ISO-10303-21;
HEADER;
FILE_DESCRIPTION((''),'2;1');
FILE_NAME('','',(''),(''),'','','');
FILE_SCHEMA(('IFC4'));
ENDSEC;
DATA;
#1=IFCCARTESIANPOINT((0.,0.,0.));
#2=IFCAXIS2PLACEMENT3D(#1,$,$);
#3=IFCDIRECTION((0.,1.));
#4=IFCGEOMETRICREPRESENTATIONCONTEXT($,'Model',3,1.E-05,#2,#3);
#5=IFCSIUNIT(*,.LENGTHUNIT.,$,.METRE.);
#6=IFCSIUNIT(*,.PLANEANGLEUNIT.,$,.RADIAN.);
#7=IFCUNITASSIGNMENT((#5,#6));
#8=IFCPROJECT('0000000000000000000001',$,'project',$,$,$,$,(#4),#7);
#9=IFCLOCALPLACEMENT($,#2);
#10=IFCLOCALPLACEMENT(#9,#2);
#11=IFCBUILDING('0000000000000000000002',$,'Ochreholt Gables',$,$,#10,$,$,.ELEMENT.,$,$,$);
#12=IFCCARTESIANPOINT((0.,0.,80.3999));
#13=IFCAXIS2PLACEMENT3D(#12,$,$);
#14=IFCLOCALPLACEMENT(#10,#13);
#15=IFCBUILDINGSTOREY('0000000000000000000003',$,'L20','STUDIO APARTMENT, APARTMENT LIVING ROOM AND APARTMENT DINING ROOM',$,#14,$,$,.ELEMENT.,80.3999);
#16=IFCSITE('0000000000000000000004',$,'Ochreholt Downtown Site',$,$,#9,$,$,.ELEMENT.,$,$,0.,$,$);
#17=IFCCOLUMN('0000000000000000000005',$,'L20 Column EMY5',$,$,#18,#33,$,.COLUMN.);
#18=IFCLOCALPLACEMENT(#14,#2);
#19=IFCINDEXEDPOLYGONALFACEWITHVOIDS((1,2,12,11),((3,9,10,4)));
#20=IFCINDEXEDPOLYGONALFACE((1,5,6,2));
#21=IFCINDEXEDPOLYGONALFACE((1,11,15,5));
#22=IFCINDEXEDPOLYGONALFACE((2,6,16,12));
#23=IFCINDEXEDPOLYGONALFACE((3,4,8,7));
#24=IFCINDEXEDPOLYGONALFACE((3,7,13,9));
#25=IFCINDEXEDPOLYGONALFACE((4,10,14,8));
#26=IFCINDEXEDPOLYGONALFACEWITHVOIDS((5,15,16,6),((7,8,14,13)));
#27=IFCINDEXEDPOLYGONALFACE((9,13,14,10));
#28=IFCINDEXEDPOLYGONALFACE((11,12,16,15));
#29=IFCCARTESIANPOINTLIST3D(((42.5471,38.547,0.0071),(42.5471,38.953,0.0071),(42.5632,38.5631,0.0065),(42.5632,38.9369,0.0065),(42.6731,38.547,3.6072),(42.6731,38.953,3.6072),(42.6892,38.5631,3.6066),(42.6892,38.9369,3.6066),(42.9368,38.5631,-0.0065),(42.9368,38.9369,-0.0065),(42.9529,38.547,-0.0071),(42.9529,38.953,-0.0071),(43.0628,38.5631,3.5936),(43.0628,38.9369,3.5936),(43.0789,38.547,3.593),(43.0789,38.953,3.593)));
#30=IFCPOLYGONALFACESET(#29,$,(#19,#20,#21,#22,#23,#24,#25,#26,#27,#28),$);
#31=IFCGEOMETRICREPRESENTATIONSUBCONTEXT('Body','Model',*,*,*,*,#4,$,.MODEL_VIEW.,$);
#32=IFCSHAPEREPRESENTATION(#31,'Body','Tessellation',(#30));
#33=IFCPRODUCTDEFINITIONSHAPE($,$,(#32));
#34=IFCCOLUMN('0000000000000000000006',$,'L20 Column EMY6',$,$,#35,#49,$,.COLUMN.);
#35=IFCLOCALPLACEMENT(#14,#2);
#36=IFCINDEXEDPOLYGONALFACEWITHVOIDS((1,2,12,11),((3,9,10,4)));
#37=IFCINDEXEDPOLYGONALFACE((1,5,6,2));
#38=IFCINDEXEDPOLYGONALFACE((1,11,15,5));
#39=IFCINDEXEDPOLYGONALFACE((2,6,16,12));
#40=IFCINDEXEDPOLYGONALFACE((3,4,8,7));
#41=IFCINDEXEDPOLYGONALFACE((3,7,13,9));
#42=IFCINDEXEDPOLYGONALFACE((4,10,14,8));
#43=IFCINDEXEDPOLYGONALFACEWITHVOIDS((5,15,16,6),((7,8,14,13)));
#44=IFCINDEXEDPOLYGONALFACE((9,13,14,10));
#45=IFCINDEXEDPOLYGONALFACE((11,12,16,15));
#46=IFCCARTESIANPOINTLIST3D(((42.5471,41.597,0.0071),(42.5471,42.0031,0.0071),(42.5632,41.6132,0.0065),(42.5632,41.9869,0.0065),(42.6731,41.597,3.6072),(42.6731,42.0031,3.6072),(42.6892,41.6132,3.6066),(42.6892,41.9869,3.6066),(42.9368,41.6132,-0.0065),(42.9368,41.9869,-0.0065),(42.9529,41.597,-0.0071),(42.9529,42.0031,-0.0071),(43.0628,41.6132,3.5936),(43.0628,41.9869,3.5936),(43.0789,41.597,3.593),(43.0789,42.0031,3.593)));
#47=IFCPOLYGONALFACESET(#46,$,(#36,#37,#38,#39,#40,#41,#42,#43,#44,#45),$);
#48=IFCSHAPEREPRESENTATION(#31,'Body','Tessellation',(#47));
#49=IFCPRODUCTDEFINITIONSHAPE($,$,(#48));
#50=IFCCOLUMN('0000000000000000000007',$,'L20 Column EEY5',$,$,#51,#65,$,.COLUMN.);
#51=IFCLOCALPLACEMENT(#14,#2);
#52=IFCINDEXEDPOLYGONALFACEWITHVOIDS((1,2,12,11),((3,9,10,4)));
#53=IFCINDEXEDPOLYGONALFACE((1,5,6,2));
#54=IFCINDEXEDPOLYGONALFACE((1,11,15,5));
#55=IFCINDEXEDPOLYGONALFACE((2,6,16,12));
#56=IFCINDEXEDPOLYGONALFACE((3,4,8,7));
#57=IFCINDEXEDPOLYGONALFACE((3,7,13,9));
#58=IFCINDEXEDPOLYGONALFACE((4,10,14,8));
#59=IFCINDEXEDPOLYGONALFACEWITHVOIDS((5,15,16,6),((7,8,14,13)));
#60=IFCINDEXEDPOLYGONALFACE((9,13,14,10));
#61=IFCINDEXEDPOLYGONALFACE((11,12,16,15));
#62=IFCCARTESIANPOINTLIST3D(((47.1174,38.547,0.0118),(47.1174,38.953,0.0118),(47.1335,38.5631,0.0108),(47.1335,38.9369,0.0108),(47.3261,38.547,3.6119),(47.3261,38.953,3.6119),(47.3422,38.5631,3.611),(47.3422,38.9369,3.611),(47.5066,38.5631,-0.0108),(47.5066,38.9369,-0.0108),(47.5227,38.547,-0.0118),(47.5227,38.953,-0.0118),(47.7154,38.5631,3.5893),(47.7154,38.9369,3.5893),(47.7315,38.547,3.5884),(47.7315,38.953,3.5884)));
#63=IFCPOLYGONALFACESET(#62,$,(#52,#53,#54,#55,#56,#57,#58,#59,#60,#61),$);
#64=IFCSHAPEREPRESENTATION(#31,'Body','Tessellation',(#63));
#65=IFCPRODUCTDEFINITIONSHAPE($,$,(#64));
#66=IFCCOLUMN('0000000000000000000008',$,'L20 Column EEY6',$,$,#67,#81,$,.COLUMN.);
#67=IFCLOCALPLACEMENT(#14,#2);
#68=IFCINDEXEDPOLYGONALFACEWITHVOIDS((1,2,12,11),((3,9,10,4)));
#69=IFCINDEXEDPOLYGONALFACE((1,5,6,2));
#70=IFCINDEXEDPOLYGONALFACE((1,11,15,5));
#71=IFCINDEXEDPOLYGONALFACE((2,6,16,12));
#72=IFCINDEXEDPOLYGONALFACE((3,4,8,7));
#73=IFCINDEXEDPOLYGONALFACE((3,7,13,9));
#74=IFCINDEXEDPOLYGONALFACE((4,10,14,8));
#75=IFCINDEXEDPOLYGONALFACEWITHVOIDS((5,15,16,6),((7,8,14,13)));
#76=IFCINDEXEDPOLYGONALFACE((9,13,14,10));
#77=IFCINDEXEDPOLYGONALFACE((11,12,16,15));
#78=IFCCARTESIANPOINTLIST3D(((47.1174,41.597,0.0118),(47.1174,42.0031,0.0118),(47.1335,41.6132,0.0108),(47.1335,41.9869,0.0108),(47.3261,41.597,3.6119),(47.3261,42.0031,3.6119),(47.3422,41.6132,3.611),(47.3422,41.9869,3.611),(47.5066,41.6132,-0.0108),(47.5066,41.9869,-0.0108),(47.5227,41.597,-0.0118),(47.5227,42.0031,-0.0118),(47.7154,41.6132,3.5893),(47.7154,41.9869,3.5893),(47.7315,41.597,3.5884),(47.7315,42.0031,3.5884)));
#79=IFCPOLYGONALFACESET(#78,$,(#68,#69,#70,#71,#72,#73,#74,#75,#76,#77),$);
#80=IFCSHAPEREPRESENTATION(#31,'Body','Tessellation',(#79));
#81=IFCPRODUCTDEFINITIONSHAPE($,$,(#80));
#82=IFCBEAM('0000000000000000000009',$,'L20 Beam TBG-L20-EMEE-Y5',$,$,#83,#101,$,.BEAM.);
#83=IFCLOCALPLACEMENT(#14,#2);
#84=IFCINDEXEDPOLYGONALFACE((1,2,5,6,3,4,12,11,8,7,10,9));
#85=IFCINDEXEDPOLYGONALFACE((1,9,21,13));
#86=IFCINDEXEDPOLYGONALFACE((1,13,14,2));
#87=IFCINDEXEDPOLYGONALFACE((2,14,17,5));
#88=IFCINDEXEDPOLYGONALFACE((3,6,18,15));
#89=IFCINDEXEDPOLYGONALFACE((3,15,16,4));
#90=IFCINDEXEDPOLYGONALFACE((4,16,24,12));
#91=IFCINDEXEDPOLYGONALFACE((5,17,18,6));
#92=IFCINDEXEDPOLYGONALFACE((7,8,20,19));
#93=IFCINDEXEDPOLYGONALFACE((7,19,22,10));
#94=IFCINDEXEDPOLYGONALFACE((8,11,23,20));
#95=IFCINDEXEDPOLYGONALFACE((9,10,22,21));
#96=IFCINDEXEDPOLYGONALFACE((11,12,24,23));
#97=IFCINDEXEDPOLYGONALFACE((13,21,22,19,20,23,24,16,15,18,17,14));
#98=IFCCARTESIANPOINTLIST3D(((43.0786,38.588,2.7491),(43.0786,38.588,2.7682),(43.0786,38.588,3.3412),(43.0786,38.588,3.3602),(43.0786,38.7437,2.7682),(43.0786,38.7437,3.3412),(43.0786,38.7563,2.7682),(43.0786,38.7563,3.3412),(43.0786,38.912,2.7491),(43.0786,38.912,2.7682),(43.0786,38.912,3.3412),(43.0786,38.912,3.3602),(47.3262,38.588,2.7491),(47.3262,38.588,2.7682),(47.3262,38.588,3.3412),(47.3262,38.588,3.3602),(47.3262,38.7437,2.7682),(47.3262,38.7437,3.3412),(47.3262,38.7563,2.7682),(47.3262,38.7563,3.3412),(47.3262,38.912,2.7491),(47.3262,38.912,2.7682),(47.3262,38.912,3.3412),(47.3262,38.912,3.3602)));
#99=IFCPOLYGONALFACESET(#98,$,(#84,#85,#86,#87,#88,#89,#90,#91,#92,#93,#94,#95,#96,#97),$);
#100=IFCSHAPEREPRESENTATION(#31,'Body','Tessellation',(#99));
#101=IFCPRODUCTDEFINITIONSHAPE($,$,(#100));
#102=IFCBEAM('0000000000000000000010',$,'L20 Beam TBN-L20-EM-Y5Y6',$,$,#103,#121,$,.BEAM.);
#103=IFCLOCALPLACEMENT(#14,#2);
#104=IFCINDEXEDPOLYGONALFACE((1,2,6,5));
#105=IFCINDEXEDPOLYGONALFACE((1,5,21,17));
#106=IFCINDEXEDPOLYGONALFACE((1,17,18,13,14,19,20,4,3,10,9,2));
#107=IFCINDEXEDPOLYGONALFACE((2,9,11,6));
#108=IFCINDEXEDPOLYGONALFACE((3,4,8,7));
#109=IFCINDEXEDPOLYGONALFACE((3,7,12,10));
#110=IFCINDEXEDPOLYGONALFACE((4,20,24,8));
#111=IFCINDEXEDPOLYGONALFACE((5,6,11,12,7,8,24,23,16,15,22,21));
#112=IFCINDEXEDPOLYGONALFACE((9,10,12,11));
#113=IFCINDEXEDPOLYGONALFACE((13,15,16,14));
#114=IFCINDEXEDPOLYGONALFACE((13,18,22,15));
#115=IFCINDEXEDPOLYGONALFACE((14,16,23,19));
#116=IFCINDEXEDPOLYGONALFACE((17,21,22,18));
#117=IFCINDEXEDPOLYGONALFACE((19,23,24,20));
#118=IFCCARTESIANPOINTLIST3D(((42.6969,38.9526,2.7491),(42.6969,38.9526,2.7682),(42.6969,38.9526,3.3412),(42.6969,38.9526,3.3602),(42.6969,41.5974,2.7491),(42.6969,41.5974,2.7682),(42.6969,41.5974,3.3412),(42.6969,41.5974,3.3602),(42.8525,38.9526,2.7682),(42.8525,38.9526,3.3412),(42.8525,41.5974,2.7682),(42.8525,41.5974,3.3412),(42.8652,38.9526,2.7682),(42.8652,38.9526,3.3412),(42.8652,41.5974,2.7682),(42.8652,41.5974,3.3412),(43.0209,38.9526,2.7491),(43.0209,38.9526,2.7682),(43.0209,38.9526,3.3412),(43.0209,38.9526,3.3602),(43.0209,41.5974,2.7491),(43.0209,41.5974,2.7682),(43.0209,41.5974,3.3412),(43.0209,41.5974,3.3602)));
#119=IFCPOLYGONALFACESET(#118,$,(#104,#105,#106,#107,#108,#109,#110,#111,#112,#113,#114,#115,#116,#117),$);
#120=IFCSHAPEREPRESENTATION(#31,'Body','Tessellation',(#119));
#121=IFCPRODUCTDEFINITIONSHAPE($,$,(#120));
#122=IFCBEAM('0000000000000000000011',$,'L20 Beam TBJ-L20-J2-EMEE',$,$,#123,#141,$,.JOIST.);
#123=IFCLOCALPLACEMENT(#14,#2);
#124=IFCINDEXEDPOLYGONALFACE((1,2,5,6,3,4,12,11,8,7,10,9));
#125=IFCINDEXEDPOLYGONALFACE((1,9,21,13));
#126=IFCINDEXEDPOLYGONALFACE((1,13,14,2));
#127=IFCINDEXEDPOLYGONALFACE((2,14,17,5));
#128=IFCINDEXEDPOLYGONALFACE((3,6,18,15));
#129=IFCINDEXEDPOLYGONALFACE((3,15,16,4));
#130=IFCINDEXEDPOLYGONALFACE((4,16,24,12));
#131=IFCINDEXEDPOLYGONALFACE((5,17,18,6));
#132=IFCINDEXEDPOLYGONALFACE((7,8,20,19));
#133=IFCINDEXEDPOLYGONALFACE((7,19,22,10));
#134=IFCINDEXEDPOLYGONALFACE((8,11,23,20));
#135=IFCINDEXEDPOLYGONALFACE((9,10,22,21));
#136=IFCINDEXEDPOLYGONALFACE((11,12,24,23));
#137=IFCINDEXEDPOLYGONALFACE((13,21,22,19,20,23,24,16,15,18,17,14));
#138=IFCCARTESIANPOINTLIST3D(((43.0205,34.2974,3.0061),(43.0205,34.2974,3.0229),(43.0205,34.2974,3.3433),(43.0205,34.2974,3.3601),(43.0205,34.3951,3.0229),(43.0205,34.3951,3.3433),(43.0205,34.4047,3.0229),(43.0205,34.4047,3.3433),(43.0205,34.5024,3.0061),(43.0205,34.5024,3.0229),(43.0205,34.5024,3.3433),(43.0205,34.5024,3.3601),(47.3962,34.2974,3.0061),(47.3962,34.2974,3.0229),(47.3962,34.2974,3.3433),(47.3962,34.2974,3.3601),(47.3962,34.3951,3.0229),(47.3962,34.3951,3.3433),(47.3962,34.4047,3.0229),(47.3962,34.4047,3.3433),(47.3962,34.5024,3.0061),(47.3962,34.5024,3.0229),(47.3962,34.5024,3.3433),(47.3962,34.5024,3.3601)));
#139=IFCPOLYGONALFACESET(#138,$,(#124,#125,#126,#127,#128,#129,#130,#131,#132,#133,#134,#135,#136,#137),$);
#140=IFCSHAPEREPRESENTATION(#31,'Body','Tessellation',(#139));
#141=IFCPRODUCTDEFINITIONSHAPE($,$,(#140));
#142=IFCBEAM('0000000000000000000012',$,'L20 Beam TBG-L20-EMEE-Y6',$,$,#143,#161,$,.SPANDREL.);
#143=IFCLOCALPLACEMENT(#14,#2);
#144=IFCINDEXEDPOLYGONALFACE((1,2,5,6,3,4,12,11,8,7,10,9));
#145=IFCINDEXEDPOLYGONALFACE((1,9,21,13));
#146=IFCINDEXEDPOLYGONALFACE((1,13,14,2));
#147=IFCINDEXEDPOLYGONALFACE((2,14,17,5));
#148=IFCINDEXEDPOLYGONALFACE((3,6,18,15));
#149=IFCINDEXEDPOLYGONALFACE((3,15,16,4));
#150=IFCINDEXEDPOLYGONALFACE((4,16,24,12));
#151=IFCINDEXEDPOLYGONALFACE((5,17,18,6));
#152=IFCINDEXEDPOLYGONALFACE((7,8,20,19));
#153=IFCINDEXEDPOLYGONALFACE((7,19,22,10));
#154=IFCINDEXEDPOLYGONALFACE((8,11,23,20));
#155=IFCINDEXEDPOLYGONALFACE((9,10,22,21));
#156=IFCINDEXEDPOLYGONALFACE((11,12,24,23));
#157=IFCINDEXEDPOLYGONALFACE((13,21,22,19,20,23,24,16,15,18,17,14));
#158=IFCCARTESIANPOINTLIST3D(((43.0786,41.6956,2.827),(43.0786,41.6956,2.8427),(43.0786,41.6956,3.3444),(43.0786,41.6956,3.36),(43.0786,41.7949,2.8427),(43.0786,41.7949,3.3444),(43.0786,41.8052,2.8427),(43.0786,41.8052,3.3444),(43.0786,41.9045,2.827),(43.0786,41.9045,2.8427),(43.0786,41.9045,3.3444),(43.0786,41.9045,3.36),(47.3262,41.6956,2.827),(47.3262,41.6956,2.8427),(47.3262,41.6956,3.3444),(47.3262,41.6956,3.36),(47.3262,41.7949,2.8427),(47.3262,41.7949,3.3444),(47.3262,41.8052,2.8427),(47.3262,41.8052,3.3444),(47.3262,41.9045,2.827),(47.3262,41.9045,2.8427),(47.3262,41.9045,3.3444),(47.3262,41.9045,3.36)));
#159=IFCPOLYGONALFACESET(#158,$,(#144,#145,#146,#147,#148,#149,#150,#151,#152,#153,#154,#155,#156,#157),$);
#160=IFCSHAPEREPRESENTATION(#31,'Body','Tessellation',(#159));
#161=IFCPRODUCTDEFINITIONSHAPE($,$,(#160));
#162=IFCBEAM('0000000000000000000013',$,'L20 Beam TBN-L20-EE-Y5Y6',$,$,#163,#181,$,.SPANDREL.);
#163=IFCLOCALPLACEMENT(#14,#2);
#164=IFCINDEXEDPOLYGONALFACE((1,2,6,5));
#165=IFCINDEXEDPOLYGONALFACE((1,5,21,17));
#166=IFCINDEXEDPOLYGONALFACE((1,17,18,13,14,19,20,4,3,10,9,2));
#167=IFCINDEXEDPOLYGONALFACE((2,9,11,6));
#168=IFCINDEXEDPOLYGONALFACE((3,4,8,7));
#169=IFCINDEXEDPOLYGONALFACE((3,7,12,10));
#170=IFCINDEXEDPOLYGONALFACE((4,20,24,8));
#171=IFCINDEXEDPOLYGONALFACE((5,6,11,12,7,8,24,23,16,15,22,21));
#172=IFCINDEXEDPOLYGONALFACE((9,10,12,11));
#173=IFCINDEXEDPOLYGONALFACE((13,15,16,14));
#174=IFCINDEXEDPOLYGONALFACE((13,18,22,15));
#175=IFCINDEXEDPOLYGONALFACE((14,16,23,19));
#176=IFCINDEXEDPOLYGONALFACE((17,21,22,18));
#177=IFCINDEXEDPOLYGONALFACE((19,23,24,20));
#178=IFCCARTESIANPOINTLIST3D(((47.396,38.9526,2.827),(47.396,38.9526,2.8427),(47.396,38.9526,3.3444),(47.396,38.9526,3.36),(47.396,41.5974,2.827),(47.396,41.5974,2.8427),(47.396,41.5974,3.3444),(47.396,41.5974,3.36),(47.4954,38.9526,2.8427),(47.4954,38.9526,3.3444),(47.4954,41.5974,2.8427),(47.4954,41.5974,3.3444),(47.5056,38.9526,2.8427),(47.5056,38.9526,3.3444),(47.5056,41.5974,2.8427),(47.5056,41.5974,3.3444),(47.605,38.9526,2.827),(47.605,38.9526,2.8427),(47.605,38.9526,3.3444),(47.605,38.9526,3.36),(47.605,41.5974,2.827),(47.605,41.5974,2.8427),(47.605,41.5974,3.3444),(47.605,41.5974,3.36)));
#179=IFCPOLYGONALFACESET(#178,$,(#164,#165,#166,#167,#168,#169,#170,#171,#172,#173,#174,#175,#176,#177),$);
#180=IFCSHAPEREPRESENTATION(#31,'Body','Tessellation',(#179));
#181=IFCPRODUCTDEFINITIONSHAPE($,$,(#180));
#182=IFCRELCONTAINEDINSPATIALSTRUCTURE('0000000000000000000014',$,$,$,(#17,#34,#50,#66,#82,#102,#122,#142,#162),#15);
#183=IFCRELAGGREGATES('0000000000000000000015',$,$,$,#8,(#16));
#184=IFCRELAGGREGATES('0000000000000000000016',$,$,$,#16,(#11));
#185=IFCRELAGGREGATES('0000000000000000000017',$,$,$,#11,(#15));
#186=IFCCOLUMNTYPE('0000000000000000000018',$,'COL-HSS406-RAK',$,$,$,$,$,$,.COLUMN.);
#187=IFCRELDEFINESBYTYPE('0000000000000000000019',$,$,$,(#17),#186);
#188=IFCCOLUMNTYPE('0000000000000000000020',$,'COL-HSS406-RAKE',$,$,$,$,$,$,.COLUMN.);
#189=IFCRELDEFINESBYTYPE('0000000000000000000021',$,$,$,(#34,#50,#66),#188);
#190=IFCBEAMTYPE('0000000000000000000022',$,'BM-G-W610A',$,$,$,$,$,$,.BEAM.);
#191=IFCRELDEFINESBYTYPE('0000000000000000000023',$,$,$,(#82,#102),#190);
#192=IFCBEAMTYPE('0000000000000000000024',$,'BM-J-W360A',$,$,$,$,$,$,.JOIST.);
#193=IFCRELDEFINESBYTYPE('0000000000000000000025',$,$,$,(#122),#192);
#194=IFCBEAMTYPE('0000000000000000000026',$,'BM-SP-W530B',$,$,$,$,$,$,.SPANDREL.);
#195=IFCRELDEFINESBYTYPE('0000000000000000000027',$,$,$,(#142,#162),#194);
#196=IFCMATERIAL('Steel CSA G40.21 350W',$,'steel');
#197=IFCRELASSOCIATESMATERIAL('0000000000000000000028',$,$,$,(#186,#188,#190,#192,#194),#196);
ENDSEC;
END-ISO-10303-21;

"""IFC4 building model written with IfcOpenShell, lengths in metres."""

from ifc_helpers import new_model, si_unit, direction, frame, origin, origin_2d, place, context, subcontext, project, spatial, hollow_rectangle, i_section, extrude, material, material_profile, profile_set, type_object, element, save


model = new_model("IFC4")

# Units and contexts
model_context = context("Model", 3, precision=1e-05, world=origin(), true_north=direction((0.0, 1.0)))
body_context = subcontext(model_context, "Body", "Model", "MODEL_VIEW")
ifc_project = project(units=[si_unit("LENGTHUNIT", "METRE"), si_unit("PLANEANGLEUNIT", "RADIAN")], contexts=[model_context])

# Site, building, storey
site_placement = place(None, origin())
site = spatial("IfcSite", under=ifc_project, at=site_placement, Name="Ochreholt Downtown Site", CompositionType="ELEMENT", RefElevation=0.0)
building_placement = place(site_placement, origin())
building = spatial("IfcBuilding", under=site, at=building_placement, Name="Ochreholt Gables", CompositionType="ELEMENT")
storey_placement = place(building_placement, frame((0.0, 0.0, 80.3999)))
storey = spatial("IfcBuildingStorey", under=building, at=storey_placement, Name="L20", Description="STUDIO APARTMENT, APARTMENT LIVING ROOM AND APARTMENT DINING ROOM", CompositionType="ELEMENT", Elevation=80.3999)

# Columns
ifc_material_1 = material(Name="Steel CSA G40.21 350W", Category="steel")
ifc_material_profile_1 = material_profile(ifc_material_1, hollow_rectangle(XDim=0.406, YDim=0.406, WallThickness=0.0161, at=origin_2d()), Name="HSS406X406X16")
ifc_profile_set_1 = profile_set([ifc_material_profile_1], Name="Steel CSA G40.21 350W")
column_type_1 = type_object("IfcColumnType", Name="COL-HSS406-RAK", PredefinedType="COLUMN", material=ifc_profile_set_1)
column_1_placement = place(storey_placement, frame((42.75, 38.75, 0.0), z_axis=(0.034971, 0.0, 0.999388), x_axis=(0.0, 1.0, 0.0)))
element("IfcColumn", 1, at=column_1_placement, inside=storey, type_object=column_type_1, Name="L20 Column EMY5", PredefinedType="COLUMN", context=body_context, shape_type="SweptSolid", body=[
    extrude(hollow_rectangle(XDim=0.406, YDim=0.406, WallThickness=0.0161, at=origin_2d()), origin(), (0.0, 0.0, 1.0), 3.6023),
])
ifc_material_profile_2 = material_profile(ifc_material_1, hollow_rectangle(XDim=0.406, YDim=0.406, WallThickness=0.0161, at=origin_2d()), Name="HSS406X406X16")
ifc_profile_set_2 = profile_set([ifc_material_profile_2], Name="Steel CSA G40.21 350W")
column_type_2 = type_object("IfcColumnType", Name="COL-HSS406-RAKE", PredefinedType="COLUMN", material=ifc_profile_set_2)
column_2_placement = place(storey_placement, frame((42.75, 41.8, 0.0), z_axis=(0.034971, 0.0, 0.999388), x_axis=(0.0, 1.0, 0.0)))
element("IfcColumn", 2, at=column_2_placement, inside=storey, type_object=column_type_2, Name="L20 Column EMY6", PredefinedType="COLUMN", context=body_context, shape_type="SweptSolid", body=[
    extrude(hollow_rectangle(XDim=0.406, YDim=0.406, WallThickness=0.0161, at=origin_2d()), origin(), (0.0, 0.0, 1.0), 3.6023),
])
for number, where, z_axis, x_axis, name in (
    (3, (47.3201, 38.75, 0.0), (0.057885, 0.0, 0.998323), (0.0, 1.0, 0.0), "L20 Column EEY5"),
    (4, (47.3201, 41.8, 0.0), (0.057885, 0.0, 0.998323), (0.0, 1.0, 0.0), "L20 Column EEY6"),
):
    element("IfcColumn", number, at=place(storey_placement, frame(where, z_axis=z_axis, x_axis=x_axis)), inside=storey, type_object=column_type_2, Name=name, PredefinedType="COLUMN", context=body_context, shape_type="SweptSolid", body=[
        extrude(hollow_rectangle(XDim=0.406, YDim=0.406, WallThickness=0.0161, at=origin_2d()), origin(), (0.0, 0.0, 1.0), 3.6062),
    ])

# Beams
ifc_material_profile_3 = material_profile(ifc_material_1, i_section(OverallWidth=0.324, OverallDepth=0.6111, WebThickness=0.0127, FlangeThickness=0.019, at=origin_2d()), Name="W610X155")
ifc_profile_set_3 = profile_set([ifc_material_profile_3], Name="Steel CSA G40.21 350W")
beam_type_1 = type_object("IfcBeamType", Name="BM-G-W610A", PredefinedType="BEAM", material=ifc_profile_set_3)
beam_1_placement = place(storey_placement, frame((43.0786, 38.75, 3.0547), z_axis=(1.0, 0.0, 0.0), x_axis=(0.0, 1.0, 0.0)))
element("IfcBeam", 5, at=beam_1_placement, inside=storey, type_object=beam_type_1, Name="L20 Beam TBG-L20-EMEE-Y5", PredefinedType="BEAM", context=body_context, shape_type="SweptSolid", body=[
    extrude(i_section(OverallWidth=0.324, OverallDepth=0.6111, WebThickness=0.0127, FlangeThickness=0.019, at=origin_2d()), origin(), (0.0, 0.0, 1.0), 4.2476),
])
beam_2_placement = place(storey_placement, frame((42.8589, 38.9526, 3.0547), z_axis=(0.0, 1.0, 0.0), x_axis=(-1.0, 0.0, 0.0)))
element("IfcBeam", 6, at=beam_2_placement, inside=storey, type_object=beam_type_1, Name="L20 Beam TBN-L20-EM-Y5Y6", PredefinedType="BEAM", context=body_context, shape_type="SweptSolid", body=[
    extrude(i_section(OverallWidth=0.324, OverallDepth=0.6111, WebThickness=0.0127, FlangeThickness=0.019, at=origin_2d()), origin(), (0.0, 0.0, 1.0), 2.6448),
])
ifc_material_profile_4 = material_profile(ifc_material_1, i_section(OverallWidth=0.2051, OverallDepth=0.354, WebThickness=0.0095, FlangeThickness=0.0168, at=origin_2d()), Name="W360X79")
ifc_profile_set_4 = profile_set([ifc_material_profile_4], Name="Steel CSA G40.21 350W")
beam_type_2 = type_object("IfcBeamType", Name="BM-J-W360A", PredefinedType="JOIST", material=ifc_profile_set_4)
beam_3_placement = place(storey_placement, frame((43.0205, 34.3999, 3.1831), z_axis=(1.0, 0.0, 0.0), x_axis=(0.0, 1.0, 0.0)))
element("IfcBeam", 7, at=beam_3_placement, inside=storey, type_object=beam_type_2, Name="L20 Beam TBJ-L20-J2-EMEE", PredefinedType="JOIST", context=body_context, shape_type="SweptSolid", body=[
    extrude(i_section(OverallWidth=0.2051, OverallDepth=0.354, WebThickness=0.0095, FlangeThickness=0.0168, at=origin_2d()), origin(), (0.0, 0.0, 1.0), 4.3757),
])
ifc_material_profile_5 = material_profile(ifc_material_1, i_section(OverallWidth=0.209, OverallDepth=0.533, WebThickness=0.0103, FlangeThickness=0.0156, at=origin_2d()), Name="W530X92")
ifc_profile_set_5 = profile_set([ifc_material_profile_5], Name="Steel CSA G40.21 350W")
beam_type_3 = type_object("IfcBeamType", Name="BM-SP-W530B", PredefinedType="SPANDREL", material=ifc_profile_set_5)
beam_4_placement = place(storey_placement, frame((43.0786, 41.8, 3.0935), z_axis=(1.0, 0.0, 0.0), x_axis=(0.0, 1.0, 0.0)))
element("IfcBeam", 8, at=beam_4_placement, inside=storey, type_object=beam_type_3, Name="L20 Beam TBG-L20-EMEE-Y6", PredefinedType="SPANDREL", context=body_context, shape_type="SweptSolid", body=[
    extrude(i_section(OverallWidth=0.209, OverallDepth=0.533, WebThickness=0.0103, FlangeThickness=0.0156, at=origin_2d()), origin(), (0.0, 0.0, 1.0), 4.2476),
])
beam_5_placement = place(storey_placement, frame((47.5005, 38.9526, 3.0935), z_axis=(0.0, 1.0, 0.0), x_axis=(-1.0, 0.0, 0.0)))
element("IfcBeam", 9, at=beam_5_placement, inside=storey, type_object=beam_type_3, Name="L20 Beam TBN-L20-EE-Y5Y6", PredefinedType="SPANDREL", context=body_context, shape_type="SweptSolid", body=[
    extrude(i_section(OverallWidth=0.209, OverallDepth=0.533, WebThickness=0.0103, FlangeThickness=0.0156, at=origin_2d()), origin(), (0.0, 0.0, 1.0), 2.6448),
])

save(model, "model.ifc")
